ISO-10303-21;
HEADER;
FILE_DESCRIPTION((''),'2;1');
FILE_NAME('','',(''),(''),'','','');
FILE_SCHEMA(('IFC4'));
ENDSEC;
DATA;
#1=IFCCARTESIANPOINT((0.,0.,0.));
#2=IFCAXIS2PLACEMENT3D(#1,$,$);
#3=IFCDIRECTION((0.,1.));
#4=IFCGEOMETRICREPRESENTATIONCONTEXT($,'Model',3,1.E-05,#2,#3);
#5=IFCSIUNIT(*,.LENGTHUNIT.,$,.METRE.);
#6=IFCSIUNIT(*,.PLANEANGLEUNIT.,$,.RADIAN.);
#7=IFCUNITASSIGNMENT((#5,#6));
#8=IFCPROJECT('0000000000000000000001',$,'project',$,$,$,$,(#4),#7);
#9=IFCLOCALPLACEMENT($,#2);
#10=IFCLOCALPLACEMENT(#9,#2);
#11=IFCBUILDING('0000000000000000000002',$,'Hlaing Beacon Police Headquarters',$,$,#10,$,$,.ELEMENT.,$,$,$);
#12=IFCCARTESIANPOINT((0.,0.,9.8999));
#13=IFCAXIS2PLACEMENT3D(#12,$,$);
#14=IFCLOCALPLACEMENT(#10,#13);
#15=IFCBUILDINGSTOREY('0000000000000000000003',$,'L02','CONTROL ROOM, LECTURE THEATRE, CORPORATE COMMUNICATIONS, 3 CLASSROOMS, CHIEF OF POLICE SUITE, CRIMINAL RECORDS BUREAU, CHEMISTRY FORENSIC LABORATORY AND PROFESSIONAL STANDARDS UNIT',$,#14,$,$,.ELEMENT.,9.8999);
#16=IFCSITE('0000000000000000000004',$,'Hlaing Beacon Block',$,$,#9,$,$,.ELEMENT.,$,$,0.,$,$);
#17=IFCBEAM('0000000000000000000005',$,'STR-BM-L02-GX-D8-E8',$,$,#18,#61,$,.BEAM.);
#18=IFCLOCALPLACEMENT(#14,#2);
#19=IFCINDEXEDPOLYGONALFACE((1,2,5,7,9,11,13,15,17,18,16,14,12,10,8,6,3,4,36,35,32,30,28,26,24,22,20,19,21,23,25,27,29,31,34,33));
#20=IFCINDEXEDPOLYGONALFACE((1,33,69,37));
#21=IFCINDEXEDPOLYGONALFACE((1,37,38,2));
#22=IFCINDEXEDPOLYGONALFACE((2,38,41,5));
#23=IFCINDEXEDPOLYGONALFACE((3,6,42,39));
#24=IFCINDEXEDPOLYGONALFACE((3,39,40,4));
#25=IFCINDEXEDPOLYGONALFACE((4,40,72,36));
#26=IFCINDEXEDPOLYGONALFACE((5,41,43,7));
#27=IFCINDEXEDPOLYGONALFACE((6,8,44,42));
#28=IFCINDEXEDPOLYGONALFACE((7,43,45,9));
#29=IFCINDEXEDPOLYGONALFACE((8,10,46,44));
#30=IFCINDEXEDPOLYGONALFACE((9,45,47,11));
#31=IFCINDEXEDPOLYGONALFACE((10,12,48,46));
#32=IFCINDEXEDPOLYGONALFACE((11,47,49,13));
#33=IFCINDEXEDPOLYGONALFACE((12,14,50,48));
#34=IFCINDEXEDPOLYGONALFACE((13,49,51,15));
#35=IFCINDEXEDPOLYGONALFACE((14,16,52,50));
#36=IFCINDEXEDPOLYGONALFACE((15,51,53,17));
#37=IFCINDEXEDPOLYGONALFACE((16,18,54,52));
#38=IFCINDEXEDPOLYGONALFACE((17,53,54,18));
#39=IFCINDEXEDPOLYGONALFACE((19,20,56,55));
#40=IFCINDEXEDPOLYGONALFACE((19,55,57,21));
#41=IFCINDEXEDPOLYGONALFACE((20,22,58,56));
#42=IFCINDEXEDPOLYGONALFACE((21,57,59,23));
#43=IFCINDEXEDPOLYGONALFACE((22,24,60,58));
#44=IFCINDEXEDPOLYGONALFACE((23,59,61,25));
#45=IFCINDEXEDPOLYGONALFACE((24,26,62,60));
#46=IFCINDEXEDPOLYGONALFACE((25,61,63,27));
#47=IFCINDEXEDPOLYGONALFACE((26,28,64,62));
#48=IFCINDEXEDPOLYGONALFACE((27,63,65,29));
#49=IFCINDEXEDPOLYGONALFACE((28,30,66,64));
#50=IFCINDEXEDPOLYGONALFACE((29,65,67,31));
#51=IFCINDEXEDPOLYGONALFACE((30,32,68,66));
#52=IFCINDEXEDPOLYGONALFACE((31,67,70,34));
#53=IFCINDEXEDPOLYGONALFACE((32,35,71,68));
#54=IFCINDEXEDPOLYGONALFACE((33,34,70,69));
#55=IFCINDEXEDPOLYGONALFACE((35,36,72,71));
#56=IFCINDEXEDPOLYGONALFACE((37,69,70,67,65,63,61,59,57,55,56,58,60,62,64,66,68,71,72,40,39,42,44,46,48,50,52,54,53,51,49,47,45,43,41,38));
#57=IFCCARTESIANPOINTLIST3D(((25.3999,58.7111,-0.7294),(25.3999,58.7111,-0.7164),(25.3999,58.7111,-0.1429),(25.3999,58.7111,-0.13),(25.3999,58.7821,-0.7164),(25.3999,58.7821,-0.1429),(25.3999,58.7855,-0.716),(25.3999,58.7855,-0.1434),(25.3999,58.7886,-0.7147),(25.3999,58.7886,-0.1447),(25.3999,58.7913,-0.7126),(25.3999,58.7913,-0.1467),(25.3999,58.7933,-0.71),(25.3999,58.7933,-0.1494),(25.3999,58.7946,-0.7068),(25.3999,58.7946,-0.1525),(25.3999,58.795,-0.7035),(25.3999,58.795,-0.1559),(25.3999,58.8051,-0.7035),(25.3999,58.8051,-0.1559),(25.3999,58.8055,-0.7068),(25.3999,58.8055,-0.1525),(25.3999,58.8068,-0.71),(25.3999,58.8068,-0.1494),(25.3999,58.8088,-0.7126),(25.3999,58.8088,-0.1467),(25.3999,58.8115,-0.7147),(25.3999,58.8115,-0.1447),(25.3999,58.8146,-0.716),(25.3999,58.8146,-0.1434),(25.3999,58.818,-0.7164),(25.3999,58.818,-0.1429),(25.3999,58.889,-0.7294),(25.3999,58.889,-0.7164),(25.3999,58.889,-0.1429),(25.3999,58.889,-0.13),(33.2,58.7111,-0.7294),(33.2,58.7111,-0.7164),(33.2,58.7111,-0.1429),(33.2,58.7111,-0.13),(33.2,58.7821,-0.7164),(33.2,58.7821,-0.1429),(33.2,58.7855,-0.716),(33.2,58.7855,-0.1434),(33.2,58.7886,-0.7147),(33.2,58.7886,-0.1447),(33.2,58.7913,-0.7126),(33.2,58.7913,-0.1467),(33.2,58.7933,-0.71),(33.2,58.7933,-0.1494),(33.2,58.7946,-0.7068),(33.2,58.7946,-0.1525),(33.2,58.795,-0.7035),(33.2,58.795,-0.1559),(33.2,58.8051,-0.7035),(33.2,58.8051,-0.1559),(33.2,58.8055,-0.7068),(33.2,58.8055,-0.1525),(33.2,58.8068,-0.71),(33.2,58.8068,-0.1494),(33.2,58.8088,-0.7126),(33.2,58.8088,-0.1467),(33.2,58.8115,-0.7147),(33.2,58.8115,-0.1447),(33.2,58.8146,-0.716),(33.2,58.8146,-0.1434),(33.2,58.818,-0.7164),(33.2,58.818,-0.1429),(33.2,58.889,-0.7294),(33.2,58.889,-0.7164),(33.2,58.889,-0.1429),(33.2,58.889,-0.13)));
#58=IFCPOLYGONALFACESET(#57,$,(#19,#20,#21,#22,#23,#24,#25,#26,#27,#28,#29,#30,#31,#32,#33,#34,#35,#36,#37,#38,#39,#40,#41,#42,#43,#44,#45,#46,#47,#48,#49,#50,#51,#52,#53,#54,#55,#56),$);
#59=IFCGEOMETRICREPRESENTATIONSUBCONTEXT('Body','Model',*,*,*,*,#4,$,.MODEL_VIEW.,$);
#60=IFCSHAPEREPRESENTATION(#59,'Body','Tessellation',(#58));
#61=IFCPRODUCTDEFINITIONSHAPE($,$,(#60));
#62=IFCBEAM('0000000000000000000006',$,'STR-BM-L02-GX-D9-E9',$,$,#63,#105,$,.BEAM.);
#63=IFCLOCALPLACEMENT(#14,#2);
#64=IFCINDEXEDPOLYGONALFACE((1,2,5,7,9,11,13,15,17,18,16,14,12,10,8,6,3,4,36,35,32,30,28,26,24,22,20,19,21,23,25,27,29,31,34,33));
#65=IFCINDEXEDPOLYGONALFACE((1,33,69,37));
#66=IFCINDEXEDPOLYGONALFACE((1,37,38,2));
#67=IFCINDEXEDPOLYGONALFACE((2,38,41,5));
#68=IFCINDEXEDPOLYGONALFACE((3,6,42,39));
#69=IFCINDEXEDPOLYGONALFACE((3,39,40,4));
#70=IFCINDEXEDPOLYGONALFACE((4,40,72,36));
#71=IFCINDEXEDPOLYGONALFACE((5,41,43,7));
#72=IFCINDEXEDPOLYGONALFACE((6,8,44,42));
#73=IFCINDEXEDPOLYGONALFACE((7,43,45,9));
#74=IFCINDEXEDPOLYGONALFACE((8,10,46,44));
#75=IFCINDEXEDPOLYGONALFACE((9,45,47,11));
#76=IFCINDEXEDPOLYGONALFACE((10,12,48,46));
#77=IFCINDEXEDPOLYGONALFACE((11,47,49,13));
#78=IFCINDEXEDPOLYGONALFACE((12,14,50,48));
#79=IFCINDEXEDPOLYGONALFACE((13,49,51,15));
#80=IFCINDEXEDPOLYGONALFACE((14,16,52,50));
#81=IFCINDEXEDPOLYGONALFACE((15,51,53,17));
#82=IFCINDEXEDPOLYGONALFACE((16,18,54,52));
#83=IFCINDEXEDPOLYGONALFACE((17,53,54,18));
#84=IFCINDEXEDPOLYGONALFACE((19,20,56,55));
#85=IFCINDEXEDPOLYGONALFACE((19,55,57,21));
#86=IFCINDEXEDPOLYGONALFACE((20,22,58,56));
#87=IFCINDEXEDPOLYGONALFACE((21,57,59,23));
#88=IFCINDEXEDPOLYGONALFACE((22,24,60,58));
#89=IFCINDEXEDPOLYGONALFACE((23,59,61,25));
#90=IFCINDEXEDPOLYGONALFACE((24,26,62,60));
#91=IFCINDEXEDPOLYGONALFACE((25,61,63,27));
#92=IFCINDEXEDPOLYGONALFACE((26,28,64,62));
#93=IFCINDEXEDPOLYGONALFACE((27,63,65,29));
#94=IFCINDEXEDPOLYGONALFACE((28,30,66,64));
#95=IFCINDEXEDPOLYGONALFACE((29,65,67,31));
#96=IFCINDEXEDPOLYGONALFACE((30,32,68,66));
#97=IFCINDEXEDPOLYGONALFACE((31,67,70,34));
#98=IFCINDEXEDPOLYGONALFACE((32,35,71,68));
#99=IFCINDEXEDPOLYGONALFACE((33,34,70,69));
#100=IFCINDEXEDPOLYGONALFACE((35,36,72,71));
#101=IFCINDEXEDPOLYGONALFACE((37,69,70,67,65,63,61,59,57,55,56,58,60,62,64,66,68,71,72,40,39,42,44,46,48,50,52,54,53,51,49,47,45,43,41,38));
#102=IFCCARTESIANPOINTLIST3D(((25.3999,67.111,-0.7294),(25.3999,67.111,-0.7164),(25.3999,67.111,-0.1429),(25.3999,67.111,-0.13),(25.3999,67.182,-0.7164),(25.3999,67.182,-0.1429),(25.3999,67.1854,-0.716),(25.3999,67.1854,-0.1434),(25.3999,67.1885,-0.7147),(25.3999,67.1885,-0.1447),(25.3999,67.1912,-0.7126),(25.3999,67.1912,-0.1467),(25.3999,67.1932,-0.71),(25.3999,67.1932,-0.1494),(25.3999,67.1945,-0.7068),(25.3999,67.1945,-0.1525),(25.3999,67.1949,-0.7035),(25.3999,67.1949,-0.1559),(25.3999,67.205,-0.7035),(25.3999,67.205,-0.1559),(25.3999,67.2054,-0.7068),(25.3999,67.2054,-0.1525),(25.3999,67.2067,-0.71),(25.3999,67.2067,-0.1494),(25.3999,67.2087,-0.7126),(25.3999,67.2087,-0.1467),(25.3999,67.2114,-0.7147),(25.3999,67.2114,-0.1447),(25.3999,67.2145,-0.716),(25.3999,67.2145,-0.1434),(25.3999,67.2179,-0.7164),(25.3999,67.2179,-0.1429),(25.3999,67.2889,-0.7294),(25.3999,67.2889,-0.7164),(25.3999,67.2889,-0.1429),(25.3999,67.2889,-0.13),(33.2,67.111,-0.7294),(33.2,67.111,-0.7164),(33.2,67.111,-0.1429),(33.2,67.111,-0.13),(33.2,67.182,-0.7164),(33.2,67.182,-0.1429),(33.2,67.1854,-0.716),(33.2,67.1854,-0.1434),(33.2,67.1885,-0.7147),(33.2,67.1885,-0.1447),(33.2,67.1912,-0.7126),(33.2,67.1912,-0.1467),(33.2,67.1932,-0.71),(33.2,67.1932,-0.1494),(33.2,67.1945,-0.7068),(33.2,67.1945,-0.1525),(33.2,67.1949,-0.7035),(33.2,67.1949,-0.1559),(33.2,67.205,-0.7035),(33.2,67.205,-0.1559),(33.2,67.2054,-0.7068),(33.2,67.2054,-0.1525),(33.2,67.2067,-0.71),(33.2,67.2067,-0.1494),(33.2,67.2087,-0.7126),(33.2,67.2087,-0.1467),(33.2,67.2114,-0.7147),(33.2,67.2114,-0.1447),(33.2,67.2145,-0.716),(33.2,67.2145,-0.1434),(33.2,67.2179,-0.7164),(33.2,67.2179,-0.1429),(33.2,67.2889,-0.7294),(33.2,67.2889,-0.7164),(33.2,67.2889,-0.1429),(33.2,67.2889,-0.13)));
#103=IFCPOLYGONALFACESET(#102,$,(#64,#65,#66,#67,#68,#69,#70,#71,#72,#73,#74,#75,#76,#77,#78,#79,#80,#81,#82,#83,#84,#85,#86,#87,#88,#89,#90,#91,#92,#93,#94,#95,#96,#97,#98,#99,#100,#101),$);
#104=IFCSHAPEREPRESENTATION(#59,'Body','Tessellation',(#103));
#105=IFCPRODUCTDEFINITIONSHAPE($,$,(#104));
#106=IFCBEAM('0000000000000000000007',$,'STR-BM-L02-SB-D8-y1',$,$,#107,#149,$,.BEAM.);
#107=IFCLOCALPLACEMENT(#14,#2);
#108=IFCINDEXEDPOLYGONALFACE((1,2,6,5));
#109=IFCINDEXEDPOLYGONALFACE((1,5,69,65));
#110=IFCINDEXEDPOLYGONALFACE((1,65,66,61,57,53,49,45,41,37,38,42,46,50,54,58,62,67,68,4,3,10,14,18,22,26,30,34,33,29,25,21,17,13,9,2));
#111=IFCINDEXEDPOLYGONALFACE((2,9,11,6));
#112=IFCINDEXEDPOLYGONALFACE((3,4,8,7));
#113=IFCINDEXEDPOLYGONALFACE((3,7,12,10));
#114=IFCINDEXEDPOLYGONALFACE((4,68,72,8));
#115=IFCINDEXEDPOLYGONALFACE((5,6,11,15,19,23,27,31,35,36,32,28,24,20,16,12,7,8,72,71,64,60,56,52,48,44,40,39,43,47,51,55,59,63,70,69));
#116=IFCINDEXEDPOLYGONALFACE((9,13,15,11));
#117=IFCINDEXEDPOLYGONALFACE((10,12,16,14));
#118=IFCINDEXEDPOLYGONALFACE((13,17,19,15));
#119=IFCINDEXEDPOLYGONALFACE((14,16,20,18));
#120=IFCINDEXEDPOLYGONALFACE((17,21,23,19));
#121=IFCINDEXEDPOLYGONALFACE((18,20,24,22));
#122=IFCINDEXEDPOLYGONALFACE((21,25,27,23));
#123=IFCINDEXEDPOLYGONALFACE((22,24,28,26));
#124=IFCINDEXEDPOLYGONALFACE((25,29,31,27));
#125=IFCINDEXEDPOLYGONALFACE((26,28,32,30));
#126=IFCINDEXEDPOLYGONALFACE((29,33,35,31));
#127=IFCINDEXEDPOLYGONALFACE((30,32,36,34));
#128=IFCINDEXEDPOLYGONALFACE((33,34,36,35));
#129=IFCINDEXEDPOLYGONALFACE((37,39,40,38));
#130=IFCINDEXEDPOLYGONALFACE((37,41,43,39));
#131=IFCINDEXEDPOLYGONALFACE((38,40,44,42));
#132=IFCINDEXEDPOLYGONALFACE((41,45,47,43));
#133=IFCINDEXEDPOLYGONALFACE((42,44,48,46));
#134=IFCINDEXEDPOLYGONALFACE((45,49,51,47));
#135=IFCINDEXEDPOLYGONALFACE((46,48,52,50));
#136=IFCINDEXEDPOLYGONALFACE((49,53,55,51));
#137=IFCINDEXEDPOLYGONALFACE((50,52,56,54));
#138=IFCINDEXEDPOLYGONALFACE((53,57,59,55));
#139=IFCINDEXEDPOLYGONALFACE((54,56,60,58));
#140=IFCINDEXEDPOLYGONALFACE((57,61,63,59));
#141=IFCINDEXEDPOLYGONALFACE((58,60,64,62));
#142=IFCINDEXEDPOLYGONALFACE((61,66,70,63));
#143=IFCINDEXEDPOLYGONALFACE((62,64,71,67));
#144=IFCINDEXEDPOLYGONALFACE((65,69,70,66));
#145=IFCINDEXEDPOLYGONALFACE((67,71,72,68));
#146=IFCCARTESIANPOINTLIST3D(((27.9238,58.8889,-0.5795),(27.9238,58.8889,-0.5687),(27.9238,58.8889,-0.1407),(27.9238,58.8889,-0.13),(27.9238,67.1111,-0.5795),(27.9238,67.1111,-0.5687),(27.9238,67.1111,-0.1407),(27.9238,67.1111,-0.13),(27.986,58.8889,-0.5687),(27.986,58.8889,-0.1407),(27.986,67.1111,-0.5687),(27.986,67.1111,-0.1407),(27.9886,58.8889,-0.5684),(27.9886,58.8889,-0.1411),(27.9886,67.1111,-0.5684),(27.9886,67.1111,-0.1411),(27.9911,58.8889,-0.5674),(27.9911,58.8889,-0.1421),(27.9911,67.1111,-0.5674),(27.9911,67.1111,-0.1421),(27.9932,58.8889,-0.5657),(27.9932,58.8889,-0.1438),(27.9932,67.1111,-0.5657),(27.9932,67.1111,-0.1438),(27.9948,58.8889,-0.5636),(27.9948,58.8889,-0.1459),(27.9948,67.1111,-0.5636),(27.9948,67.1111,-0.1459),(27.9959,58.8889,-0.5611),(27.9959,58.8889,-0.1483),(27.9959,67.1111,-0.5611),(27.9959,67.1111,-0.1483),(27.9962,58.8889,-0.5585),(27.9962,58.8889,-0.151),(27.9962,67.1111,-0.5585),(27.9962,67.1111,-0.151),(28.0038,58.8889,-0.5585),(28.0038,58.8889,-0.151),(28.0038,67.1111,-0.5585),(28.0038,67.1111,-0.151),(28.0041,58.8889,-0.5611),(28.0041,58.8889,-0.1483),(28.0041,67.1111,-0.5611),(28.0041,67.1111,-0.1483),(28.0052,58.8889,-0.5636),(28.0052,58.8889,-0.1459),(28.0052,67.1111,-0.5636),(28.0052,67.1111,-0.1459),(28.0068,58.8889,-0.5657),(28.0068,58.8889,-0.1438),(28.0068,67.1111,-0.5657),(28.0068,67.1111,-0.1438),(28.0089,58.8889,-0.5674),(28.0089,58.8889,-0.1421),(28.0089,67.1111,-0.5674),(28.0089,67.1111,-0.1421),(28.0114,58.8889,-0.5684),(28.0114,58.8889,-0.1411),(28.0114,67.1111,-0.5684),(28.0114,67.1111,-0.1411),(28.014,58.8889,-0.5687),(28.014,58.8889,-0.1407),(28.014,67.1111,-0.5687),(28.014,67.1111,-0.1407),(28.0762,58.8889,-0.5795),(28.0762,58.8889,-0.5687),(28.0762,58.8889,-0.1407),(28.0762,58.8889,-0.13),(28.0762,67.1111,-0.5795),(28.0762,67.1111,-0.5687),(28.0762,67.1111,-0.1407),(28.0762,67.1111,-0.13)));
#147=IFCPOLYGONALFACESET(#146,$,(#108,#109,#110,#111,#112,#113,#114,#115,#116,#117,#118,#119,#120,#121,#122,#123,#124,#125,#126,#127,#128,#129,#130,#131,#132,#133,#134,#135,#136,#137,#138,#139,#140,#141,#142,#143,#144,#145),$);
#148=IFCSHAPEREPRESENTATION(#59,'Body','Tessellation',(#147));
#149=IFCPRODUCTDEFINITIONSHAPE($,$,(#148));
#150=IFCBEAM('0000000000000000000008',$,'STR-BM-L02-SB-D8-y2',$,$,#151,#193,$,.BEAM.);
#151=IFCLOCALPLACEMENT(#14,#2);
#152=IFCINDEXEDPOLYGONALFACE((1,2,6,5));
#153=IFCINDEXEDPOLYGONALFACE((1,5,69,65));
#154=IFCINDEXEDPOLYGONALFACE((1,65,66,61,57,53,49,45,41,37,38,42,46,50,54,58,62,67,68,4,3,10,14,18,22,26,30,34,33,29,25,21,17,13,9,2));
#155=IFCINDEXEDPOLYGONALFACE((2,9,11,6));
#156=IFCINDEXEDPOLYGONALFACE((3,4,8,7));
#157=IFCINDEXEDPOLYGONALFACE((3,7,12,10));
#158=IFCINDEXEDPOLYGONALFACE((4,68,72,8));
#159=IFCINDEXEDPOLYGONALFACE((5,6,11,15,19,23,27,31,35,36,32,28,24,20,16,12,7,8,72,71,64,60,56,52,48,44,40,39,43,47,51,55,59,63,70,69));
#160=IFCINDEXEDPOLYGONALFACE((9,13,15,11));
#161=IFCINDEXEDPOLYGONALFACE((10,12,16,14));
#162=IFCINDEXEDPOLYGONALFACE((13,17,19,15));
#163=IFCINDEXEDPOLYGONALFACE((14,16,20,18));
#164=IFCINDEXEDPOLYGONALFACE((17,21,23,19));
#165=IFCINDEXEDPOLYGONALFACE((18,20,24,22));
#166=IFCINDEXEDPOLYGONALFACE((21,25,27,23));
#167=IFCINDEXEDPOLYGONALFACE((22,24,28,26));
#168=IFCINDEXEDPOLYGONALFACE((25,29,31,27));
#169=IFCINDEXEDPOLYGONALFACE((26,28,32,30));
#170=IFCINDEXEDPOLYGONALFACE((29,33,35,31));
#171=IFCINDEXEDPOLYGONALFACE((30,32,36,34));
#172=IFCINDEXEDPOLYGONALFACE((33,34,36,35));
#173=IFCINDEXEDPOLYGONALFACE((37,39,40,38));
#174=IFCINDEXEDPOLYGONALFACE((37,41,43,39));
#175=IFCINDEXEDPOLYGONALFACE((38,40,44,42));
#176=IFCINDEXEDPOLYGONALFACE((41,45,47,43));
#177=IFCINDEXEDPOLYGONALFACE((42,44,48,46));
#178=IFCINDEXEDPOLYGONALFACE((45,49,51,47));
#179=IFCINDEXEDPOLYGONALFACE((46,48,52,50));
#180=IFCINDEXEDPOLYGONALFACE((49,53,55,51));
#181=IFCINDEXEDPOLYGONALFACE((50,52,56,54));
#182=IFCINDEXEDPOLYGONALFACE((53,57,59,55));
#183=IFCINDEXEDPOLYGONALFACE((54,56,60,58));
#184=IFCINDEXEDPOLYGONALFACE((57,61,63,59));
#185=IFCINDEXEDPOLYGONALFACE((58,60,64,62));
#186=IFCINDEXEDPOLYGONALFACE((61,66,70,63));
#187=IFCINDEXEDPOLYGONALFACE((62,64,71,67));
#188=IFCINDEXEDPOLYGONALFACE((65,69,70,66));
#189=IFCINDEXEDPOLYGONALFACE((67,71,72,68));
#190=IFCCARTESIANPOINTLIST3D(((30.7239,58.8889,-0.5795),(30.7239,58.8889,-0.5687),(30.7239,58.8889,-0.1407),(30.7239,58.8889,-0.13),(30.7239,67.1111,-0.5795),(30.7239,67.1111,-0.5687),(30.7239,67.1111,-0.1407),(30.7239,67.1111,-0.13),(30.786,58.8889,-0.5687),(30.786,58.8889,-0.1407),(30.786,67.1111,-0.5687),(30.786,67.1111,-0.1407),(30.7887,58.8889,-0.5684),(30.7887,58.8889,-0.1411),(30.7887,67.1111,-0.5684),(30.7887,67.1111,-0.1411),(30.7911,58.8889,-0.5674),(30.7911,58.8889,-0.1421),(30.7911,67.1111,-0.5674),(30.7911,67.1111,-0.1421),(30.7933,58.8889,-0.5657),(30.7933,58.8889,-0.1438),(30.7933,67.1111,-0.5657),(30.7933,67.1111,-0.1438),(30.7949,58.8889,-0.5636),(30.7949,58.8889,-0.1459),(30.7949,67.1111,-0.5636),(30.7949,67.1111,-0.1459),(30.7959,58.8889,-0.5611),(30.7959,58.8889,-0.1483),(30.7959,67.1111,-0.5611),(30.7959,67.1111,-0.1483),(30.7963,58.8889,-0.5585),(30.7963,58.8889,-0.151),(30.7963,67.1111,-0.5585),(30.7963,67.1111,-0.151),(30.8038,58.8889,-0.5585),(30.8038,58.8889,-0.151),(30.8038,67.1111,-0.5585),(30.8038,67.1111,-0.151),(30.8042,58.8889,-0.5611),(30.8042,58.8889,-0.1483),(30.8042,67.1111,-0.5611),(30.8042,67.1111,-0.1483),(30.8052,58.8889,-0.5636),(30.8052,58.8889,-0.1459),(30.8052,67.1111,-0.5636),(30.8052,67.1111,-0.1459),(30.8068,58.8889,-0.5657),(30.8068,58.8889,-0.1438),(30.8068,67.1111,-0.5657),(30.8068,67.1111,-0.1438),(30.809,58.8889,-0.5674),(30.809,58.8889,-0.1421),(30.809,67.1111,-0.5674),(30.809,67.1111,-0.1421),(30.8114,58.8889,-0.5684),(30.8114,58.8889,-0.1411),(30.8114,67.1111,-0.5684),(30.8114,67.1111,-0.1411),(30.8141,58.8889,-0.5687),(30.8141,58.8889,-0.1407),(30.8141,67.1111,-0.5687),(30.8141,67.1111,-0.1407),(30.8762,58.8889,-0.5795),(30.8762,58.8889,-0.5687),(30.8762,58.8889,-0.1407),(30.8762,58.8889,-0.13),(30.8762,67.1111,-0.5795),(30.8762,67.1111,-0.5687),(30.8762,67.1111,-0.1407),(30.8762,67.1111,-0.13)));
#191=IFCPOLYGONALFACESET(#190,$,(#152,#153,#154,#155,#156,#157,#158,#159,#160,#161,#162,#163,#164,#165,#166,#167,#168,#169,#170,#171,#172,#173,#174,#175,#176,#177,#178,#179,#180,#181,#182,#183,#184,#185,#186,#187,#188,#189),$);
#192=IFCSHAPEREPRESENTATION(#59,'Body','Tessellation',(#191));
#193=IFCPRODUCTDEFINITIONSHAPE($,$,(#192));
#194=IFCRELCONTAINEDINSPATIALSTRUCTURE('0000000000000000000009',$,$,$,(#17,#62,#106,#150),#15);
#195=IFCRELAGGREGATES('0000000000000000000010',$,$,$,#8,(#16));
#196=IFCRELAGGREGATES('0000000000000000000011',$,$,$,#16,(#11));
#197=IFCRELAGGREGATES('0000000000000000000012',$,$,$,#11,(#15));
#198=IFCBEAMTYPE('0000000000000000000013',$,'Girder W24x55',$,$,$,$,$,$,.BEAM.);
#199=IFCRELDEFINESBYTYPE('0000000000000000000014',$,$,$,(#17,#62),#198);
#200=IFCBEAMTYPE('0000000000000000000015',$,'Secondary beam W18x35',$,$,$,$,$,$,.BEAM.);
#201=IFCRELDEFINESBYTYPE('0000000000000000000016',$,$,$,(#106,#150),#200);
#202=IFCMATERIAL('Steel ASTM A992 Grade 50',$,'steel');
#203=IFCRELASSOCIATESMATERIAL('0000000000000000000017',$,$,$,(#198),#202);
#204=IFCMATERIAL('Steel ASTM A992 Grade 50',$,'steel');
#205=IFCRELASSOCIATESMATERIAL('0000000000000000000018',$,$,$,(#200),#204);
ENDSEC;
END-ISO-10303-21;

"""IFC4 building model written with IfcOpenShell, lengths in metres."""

from ifc_helpers import new_model, si_unit, direction, frame, origin, origin_2d, place, context, subcontext, project, spatial, i_section, extrude, material, material_profile, profile_set, type_object, element, save


model = new_model("IFC4")

# Units and contexts
model_context = context("Model", 3, precision=1e-05, world=origin(), true_north=direction((0.0, 1.0)))
body_context = subcontext(model_context, "Body", "Model", "MODEL_VIEW")
ifc_project = project(units=[si_unit("LENGTHUNIT", "METRE"), si_unit("PLANEANGLEUNIT", "RADIAN")], contexts=[model_context])

# Site, building, storey
site_placement = place(None, origin())
site = spatial("IfcSite", under=ifc_project, at=site_placement, Name="Hlaing Beacon Block", CompositionType="ELEMENT", RefElevation=0.0)
building_placement = place(site_placement, origin())
building = spatial("IfcBuilding", under=site, at=building_placement, Name="Hlaing Beacon Police Headquarters", CompositionType="ELEMENT")
storey_placement = place(building_placement, frame((0.0, 0.0, 9.8999)))
storey = spatial("IfcBuildingStorey", under=building, at=storey_placement, Name="L02", Description="CONTROL ROOM, LECTURE THEATRE, CORPORATE COMMUNICATIONS, 3 CLASSROOMS, CHIEF OF POLICE SUITE, CRIMINAL RECORDS BUREAU, CHEMISTRY FORENSIC LABORATORY AND PROFESSIONAL STANDARDS UNIT", CompositionType="ELEMENT", Elevation=9.8999)

# Beams
ifc_material_1 = material(Name="Steel ASTM A992 Grade 50", Category="steel")
ifc_material_profile_1 = material_profile(ifc_material_1, i_section(OverallWidth=0.178, OverallDepth=0.5994, WebThickness=0.01, FlangeThickness=0.0129, FilletRadius=0.0129, at=origin_2d()), Name="W24x55")
ifc_profile_set_1 = profile_set([ifc_material_profile_1], Name="Steel ASTM A992 Grade 50")
beam_type_1 = type_object("IfcBeamType", Name="Girder W24x55", PredefinedType="BEAM", material=ifc_profile_set_1)
for number, where, z_axis, x_axis, name in (
    (1, (25.3999, 58.8, -0.4297), (1.0, 0.0, 0.0), (0.0, 1.0, 0.0), "STR-BM-L02-GX-D8-E8"),
    (2, (25.3999, 67.2, -0.4297), (1.0, 0.0, 0.0), (0.0, 1.0, 0.0), "STR-BM-L02-GX-D9-E9"),
):
    element("IfcBeam", number, at=place(storey_placement, frame(where, z_axis=z_axis, x_axis=x_axis)), inside=storey, type_object=beam_type_1, Name=name, PredefinedType="BEAM", context=body_context, shape_type="SweptSolid", body=[
        extrude(i_section(OverallWidth=0.178, OverallDepth=0.5994, WebThickness=0.01, FlangeThickness=0.0129, FilletRadius=0.0129, at=origin_2d()), origin(), (0.0, 0.0, 1.0), 7.8),
    ])
ifc_material_2 = material(Name="Steel ASTM A992 Grade 50", Category="steel")
ifc_material_profile_2 = material_profile(ifc_material_2, i_section(OverallWidth=0.1523, OverallDepth=0.4495, WebThickness=0.0076, FlangeThickness=0.0107, FilletRadius=0.0103, at=origin_2d()), Name="W18x35")
ifc_profile_set_2 = profile_set([ifc_material_profile_2], Name="Steel ASTM A992 Grade 50")
beam_type_2 = type_object("IfcBeamType", Name="Secondary beam W18x35", PredefinedType="BEAM", material=ifc_profile_set_2)
for number, where, z_axis, x_axis, name in (
    (3, (28.0, 58.8889, -0.3547), (0.0, 1.0, 0.0), (-1.0, 0.0, 0.0), "STR-BM-L02-SB-D8-y1"),
    (4, (30.8, 58.8889, -0.3547), (0.0, 1.0, 0.0), (-1.0, 0.0, 0.0), "STR-BM-L02-SB-D8-y2"),
):
    element("IfcBeam", number, at=place(storey_placement, frame(where, z_axis=z_axis, x_axis=x_axis)), inside=storey, type_object=beam_type_2, Name=name, PredefinedType="BEAM", context=body_context, shape_type="SweptSolid", body=[
        extrude(i_section(OverallWidth=0.1523, OverallDepth=0.4495, WebThickness=0.0076, FlangeThickness=0.0107, FilletRadius=0.0103, at=origin_2d()), origin(), (0.0, 0.0, 1.0), 8.2222),
    ])

save(model, "model.ifc")
